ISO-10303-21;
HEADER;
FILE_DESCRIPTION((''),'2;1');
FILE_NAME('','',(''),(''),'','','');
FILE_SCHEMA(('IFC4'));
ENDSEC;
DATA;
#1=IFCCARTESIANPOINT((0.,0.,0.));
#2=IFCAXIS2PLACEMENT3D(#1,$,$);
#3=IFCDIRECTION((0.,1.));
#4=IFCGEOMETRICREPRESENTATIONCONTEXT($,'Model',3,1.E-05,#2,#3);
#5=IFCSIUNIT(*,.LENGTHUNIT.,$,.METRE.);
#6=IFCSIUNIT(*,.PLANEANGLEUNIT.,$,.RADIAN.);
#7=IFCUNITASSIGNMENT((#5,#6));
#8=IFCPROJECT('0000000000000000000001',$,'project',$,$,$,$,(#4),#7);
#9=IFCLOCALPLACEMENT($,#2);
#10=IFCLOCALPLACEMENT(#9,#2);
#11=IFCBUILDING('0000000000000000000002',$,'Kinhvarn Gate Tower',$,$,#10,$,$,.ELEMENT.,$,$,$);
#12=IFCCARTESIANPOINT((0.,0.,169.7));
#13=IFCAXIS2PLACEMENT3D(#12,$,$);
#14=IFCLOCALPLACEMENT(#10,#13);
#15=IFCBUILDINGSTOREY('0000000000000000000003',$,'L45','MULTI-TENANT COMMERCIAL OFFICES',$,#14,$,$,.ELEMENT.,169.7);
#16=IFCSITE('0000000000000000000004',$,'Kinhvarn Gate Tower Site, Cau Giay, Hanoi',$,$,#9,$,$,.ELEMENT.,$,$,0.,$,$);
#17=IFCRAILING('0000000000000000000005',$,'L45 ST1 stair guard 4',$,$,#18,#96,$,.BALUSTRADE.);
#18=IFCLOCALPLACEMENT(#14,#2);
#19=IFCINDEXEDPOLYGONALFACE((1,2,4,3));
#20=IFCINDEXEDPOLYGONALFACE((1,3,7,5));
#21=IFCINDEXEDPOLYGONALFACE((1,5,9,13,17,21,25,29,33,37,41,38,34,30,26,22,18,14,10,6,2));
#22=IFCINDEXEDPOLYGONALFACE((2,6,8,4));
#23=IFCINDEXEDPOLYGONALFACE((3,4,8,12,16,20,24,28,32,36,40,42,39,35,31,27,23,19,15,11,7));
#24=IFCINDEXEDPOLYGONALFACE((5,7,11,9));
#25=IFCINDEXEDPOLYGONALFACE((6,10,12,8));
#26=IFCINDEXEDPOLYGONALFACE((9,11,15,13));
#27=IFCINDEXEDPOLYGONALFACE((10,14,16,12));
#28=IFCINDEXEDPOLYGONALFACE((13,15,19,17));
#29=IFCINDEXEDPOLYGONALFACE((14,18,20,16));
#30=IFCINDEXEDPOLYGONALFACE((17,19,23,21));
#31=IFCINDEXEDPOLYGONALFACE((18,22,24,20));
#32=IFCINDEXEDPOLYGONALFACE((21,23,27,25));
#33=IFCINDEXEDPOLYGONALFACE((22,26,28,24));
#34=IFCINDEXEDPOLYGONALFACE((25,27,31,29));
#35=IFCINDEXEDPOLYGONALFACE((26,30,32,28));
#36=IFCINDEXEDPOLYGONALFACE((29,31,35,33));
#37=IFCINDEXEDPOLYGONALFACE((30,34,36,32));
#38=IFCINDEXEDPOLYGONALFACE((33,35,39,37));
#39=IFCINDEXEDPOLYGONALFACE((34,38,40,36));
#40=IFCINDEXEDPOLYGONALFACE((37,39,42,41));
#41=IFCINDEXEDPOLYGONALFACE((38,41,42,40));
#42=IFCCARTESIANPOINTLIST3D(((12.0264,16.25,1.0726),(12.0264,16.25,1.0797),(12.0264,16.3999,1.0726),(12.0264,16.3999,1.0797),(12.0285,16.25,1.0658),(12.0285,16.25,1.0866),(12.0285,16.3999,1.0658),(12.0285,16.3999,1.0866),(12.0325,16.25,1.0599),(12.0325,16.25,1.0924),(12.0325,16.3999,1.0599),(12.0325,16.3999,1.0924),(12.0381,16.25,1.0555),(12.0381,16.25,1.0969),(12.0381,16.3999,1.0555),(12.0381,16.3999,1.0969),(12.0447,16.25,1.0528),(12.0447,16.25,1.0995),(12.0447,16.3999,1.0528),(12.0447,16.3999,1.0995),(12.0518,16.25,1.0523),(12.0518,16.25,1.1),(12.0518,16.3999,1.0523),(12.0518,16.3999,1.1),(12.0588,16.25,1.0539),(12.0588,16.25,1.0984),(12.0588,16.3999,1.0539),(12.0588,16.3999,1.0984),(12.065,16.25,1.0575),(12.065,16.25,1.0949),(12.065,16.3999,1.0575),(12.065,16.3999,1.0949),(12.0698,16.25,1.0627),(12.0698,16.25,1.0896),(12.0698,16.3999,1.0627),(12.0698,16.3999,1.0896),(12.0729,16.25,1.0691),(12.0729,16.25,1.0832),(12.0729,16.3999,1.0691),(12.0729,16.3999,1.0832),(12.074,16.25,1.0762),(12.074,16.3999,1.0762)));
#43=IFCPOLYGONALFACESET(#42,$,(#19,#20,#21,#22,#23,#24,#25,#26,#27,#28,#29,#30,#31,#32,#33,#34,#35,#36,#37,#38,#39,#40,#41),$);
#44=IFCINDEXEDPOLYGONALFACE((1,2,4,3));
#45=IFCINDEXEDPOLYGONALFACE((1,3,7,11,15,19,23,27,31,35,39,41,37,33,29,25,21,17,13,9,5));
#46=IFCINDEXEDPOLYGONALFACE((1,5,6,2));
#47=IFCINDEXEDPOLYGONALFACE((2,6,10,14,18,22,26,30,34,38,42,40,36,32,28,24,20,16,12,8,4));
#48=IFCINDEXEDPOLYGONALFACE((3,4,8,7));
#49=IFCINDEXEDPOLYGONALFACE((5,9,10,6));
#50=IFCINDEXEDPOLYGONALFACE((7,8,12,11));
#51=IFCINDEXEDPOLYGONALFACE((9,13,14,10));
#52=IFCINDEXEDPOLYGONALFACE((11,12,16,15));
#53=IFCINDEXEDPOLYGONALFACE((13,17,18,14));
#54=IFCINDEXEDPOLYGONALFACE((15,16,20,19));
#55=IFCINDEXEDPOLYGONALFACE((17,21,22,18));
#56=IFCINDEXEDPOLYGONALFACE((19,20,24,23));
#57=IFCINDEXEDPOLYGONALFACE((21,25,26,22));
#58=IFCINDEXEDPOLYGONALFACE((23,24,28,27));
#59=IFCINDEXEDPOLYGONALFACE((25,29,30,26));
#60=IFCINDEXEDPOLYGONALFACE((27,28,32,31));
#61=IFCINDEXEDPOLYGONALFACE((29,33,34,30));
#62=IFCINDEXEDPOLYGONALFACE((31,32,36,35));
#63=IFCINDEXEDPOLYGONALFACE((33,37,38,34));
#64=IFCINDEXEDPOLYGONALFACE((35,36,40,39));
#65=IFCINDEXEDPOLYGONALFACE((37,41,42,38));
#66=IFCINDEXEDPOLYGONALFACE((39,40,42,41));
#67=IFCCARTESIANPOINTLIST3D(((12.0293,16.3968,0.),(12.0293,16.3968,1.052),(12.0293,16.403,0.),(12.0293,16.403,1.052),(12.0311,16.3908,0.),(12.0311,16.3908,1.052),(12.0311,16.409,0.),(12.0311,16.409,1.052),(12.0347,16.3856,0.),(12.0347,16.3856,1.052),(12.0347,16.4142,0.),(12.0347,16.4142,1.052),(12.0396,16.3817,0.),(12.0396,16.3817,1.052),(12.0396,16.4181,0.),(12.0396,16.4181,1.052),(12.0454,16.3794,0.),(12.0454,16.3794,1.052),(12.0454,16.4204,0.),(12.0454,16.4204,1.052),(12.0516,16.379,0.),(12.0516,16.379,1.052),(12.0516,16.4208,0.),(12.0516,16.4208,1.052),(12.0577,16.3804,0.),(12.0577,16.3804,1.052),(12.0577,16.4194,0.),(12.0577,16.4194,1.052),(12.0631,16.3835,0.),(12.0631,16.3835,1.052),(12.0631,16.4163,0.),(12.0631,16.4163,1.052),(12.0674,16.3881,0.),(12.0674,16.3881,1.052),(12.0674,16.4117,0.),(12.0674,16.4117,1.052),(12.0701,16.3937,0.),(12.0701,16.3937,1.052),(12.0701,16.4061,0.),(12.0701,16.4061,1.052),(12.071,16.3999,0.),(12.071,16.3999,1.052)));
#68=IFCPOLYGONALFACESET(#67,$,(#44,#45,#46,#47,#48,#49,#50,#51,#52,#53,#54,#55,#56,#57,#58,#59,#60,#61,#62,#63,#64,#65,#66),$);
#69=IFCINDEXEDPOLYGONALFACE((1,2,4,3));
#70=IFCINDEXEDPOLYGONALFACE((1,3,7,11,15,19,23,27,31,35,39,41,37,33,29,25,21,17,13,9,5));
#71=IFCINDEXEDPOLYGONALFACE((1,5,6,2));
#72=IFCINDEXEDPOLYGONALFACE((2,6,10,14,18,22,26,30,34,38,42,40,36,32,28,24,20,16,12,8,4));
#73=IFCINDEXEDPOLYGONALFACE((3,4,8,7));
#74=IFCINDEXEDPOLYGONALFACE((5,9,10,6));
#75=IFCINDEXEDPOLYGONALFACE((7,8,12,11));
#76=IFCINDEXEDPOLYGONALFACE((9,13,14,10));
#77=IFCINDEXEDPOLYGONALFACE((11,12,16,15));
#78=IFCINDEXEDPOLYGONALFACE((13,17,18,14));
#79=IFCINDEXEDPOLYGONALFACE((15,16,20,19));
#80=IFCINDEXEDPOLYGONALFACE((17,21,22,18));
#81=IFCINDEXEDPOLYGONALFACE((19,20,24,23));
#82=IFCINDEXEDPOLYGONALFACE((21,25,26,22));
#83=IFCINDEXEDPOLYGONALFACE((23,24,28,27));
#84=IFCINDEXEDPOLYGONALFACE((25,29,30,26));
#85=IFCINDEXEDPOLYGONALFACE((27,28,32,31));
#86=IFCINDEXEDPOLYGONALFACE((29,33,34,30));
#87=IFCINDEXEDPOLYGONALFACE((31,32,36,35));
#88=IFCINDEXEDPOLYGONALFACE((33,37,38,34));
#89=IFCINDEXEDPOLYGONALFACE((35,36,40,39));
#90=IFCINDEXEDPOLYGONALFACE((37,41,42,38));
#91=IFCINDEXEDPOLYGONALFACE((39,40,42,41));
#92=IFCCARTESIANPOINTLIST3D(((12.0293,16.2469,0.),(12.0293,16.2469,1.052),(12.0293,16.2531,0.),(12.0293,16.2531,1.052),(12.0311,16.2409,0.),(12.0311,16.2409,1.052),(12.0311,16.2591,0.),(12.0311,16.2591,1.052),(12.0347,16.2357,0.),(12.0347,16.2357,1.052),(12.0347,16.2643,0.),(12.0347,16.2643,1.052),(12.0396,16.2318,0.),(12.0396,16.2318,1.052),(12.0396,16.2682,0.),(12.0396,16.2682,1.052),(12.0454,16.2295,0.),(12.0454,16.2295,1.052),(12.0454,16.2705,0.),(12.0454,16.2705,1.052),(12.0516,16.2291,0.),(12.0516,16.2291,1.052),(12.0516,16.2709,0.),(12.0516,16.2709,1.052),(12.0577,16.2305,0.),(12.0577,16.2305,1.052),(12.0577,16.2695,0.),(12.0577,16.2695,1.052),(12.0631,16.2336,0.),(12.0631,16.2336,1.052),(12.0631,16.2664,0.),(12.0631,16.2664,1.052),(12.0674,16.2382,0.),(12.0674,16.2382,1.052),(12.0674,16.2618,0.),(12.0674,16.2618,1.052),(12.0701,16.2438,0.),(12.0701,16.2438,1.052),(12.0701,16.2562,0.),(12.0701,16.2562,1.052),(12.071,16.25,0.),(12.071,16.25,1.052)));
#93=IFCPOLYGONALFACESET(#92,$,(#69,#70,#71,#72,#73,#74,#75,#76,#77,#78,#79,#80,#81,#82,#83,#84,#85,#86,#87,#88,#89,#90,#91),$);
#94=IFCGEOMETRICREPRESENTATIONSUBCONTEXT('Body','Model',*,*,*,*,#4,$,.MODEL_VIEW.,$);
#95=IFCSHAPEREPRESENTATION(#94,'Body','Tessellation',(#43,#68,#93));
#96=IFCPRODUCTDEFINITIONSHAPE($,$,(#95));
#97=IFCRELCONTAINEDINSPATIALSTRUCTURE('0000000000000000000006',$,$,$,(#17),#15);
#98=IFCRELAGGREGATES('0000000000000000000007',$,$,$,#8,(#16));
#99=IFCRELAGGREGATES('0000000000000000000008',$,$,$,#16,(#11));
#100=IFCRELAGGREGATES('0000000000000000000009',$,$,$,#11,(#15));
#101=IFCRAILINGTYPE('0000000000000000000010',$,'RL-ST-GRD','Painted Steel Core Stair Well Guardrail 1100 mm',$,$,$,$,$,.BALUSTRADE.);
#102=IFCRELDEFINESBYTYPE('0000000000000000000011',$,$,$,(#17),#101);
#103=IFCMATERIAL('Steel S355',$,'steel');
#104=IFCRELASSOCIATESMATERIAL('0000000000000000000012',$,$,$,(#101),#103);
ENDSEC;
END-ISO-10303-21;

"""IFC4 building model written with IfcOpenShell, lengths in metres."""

from ifc_helpers import new_model, si_unit, direction, frame, origin, origin_2d, place, context, subcontext, project, spatial, circle, extrude, material, type_object, element, save


model = new_model("IFC4")

# Units and contexts
model_context = context("Model", 3, precision=1e-05, world=origin(), true_north=direction((0.0, 1.0)))
body_context = subcontext(model_context, "Body", "Model", "MODEL_VIEW")
ifc_project = project(units=[si_unit("LENGTHUNIT", "METRE"), si_unit("PLANEANGLEUNIT", "RADIAN")], contexts=[model_context])

# Site, building, storey
site_placement = place(None, origin())
site = spatial("IfcSite", under=ifc_project, at=site_placement, Name="Kinhvarn Gate Tower Site, Cau Giay, Hanoi", CompositionType="ELEMENT", RefElevation=0.0)
building_placement = place(site_placement, origin())
building = spatial("IfcBuilding", under=site, at=building_placement, Name="Kinhvarn Gate Tower", CompositionType="ELEMENT")
storey_placement = place(building_placement, frame((0.0, 0.0, 169.7)))
storey = spatial("IfcBuildingStorey", under=building, at=storey_placement, Name="L45", Description="MULTI-TENANT COMMERCIAL OFFICES", CompositionType="ELEMENT", Elevation=169.7)

# Shared definitions
ifc_material_1 = material(Name="Steel S355", Category="steel")

# Railing
railing_type_1 = type_object("IfcRailingType", Name="RL-ST-GRD", Description="Painted Steel Core Stair Well Guardrail 1100 mm", PredefinedType="BALUSTRADE", material=ifc_material_1)
railing_1_placement = place(storey_placement, frame((12.05, 16.3999, 0.0)))
element("IfcRailing", 1, at=railing_1_placement, inside=storey, type_object=railing_type_1, Name="L45 ST1 stair guard 4", PredefinedType="BALUSTRADE", context=body_context, shape_type="SweptSolid", body=[
    extrude(circle(Radius=0.0239, at=origin_2d()), frame((0.0, 0.0, 1.0762), z_axis=(0.0, -1.0, 0.0), x_axis=(1.0, 0.0, 0.0)), (0.0, 0.0, 1.0), 0.1499),
    extrude(circle(Radius=0.021, at=origin_2d()), origin(), (0.0, 0.0, 1.0), 1.052),
    extrude(circle(Radius=0.021, at=origin_2d()), frame((0.0, -0.1499, 0.0)), (0.0, 0.0, 1.0), 1.052),
])

save(model, "model.ifc")
